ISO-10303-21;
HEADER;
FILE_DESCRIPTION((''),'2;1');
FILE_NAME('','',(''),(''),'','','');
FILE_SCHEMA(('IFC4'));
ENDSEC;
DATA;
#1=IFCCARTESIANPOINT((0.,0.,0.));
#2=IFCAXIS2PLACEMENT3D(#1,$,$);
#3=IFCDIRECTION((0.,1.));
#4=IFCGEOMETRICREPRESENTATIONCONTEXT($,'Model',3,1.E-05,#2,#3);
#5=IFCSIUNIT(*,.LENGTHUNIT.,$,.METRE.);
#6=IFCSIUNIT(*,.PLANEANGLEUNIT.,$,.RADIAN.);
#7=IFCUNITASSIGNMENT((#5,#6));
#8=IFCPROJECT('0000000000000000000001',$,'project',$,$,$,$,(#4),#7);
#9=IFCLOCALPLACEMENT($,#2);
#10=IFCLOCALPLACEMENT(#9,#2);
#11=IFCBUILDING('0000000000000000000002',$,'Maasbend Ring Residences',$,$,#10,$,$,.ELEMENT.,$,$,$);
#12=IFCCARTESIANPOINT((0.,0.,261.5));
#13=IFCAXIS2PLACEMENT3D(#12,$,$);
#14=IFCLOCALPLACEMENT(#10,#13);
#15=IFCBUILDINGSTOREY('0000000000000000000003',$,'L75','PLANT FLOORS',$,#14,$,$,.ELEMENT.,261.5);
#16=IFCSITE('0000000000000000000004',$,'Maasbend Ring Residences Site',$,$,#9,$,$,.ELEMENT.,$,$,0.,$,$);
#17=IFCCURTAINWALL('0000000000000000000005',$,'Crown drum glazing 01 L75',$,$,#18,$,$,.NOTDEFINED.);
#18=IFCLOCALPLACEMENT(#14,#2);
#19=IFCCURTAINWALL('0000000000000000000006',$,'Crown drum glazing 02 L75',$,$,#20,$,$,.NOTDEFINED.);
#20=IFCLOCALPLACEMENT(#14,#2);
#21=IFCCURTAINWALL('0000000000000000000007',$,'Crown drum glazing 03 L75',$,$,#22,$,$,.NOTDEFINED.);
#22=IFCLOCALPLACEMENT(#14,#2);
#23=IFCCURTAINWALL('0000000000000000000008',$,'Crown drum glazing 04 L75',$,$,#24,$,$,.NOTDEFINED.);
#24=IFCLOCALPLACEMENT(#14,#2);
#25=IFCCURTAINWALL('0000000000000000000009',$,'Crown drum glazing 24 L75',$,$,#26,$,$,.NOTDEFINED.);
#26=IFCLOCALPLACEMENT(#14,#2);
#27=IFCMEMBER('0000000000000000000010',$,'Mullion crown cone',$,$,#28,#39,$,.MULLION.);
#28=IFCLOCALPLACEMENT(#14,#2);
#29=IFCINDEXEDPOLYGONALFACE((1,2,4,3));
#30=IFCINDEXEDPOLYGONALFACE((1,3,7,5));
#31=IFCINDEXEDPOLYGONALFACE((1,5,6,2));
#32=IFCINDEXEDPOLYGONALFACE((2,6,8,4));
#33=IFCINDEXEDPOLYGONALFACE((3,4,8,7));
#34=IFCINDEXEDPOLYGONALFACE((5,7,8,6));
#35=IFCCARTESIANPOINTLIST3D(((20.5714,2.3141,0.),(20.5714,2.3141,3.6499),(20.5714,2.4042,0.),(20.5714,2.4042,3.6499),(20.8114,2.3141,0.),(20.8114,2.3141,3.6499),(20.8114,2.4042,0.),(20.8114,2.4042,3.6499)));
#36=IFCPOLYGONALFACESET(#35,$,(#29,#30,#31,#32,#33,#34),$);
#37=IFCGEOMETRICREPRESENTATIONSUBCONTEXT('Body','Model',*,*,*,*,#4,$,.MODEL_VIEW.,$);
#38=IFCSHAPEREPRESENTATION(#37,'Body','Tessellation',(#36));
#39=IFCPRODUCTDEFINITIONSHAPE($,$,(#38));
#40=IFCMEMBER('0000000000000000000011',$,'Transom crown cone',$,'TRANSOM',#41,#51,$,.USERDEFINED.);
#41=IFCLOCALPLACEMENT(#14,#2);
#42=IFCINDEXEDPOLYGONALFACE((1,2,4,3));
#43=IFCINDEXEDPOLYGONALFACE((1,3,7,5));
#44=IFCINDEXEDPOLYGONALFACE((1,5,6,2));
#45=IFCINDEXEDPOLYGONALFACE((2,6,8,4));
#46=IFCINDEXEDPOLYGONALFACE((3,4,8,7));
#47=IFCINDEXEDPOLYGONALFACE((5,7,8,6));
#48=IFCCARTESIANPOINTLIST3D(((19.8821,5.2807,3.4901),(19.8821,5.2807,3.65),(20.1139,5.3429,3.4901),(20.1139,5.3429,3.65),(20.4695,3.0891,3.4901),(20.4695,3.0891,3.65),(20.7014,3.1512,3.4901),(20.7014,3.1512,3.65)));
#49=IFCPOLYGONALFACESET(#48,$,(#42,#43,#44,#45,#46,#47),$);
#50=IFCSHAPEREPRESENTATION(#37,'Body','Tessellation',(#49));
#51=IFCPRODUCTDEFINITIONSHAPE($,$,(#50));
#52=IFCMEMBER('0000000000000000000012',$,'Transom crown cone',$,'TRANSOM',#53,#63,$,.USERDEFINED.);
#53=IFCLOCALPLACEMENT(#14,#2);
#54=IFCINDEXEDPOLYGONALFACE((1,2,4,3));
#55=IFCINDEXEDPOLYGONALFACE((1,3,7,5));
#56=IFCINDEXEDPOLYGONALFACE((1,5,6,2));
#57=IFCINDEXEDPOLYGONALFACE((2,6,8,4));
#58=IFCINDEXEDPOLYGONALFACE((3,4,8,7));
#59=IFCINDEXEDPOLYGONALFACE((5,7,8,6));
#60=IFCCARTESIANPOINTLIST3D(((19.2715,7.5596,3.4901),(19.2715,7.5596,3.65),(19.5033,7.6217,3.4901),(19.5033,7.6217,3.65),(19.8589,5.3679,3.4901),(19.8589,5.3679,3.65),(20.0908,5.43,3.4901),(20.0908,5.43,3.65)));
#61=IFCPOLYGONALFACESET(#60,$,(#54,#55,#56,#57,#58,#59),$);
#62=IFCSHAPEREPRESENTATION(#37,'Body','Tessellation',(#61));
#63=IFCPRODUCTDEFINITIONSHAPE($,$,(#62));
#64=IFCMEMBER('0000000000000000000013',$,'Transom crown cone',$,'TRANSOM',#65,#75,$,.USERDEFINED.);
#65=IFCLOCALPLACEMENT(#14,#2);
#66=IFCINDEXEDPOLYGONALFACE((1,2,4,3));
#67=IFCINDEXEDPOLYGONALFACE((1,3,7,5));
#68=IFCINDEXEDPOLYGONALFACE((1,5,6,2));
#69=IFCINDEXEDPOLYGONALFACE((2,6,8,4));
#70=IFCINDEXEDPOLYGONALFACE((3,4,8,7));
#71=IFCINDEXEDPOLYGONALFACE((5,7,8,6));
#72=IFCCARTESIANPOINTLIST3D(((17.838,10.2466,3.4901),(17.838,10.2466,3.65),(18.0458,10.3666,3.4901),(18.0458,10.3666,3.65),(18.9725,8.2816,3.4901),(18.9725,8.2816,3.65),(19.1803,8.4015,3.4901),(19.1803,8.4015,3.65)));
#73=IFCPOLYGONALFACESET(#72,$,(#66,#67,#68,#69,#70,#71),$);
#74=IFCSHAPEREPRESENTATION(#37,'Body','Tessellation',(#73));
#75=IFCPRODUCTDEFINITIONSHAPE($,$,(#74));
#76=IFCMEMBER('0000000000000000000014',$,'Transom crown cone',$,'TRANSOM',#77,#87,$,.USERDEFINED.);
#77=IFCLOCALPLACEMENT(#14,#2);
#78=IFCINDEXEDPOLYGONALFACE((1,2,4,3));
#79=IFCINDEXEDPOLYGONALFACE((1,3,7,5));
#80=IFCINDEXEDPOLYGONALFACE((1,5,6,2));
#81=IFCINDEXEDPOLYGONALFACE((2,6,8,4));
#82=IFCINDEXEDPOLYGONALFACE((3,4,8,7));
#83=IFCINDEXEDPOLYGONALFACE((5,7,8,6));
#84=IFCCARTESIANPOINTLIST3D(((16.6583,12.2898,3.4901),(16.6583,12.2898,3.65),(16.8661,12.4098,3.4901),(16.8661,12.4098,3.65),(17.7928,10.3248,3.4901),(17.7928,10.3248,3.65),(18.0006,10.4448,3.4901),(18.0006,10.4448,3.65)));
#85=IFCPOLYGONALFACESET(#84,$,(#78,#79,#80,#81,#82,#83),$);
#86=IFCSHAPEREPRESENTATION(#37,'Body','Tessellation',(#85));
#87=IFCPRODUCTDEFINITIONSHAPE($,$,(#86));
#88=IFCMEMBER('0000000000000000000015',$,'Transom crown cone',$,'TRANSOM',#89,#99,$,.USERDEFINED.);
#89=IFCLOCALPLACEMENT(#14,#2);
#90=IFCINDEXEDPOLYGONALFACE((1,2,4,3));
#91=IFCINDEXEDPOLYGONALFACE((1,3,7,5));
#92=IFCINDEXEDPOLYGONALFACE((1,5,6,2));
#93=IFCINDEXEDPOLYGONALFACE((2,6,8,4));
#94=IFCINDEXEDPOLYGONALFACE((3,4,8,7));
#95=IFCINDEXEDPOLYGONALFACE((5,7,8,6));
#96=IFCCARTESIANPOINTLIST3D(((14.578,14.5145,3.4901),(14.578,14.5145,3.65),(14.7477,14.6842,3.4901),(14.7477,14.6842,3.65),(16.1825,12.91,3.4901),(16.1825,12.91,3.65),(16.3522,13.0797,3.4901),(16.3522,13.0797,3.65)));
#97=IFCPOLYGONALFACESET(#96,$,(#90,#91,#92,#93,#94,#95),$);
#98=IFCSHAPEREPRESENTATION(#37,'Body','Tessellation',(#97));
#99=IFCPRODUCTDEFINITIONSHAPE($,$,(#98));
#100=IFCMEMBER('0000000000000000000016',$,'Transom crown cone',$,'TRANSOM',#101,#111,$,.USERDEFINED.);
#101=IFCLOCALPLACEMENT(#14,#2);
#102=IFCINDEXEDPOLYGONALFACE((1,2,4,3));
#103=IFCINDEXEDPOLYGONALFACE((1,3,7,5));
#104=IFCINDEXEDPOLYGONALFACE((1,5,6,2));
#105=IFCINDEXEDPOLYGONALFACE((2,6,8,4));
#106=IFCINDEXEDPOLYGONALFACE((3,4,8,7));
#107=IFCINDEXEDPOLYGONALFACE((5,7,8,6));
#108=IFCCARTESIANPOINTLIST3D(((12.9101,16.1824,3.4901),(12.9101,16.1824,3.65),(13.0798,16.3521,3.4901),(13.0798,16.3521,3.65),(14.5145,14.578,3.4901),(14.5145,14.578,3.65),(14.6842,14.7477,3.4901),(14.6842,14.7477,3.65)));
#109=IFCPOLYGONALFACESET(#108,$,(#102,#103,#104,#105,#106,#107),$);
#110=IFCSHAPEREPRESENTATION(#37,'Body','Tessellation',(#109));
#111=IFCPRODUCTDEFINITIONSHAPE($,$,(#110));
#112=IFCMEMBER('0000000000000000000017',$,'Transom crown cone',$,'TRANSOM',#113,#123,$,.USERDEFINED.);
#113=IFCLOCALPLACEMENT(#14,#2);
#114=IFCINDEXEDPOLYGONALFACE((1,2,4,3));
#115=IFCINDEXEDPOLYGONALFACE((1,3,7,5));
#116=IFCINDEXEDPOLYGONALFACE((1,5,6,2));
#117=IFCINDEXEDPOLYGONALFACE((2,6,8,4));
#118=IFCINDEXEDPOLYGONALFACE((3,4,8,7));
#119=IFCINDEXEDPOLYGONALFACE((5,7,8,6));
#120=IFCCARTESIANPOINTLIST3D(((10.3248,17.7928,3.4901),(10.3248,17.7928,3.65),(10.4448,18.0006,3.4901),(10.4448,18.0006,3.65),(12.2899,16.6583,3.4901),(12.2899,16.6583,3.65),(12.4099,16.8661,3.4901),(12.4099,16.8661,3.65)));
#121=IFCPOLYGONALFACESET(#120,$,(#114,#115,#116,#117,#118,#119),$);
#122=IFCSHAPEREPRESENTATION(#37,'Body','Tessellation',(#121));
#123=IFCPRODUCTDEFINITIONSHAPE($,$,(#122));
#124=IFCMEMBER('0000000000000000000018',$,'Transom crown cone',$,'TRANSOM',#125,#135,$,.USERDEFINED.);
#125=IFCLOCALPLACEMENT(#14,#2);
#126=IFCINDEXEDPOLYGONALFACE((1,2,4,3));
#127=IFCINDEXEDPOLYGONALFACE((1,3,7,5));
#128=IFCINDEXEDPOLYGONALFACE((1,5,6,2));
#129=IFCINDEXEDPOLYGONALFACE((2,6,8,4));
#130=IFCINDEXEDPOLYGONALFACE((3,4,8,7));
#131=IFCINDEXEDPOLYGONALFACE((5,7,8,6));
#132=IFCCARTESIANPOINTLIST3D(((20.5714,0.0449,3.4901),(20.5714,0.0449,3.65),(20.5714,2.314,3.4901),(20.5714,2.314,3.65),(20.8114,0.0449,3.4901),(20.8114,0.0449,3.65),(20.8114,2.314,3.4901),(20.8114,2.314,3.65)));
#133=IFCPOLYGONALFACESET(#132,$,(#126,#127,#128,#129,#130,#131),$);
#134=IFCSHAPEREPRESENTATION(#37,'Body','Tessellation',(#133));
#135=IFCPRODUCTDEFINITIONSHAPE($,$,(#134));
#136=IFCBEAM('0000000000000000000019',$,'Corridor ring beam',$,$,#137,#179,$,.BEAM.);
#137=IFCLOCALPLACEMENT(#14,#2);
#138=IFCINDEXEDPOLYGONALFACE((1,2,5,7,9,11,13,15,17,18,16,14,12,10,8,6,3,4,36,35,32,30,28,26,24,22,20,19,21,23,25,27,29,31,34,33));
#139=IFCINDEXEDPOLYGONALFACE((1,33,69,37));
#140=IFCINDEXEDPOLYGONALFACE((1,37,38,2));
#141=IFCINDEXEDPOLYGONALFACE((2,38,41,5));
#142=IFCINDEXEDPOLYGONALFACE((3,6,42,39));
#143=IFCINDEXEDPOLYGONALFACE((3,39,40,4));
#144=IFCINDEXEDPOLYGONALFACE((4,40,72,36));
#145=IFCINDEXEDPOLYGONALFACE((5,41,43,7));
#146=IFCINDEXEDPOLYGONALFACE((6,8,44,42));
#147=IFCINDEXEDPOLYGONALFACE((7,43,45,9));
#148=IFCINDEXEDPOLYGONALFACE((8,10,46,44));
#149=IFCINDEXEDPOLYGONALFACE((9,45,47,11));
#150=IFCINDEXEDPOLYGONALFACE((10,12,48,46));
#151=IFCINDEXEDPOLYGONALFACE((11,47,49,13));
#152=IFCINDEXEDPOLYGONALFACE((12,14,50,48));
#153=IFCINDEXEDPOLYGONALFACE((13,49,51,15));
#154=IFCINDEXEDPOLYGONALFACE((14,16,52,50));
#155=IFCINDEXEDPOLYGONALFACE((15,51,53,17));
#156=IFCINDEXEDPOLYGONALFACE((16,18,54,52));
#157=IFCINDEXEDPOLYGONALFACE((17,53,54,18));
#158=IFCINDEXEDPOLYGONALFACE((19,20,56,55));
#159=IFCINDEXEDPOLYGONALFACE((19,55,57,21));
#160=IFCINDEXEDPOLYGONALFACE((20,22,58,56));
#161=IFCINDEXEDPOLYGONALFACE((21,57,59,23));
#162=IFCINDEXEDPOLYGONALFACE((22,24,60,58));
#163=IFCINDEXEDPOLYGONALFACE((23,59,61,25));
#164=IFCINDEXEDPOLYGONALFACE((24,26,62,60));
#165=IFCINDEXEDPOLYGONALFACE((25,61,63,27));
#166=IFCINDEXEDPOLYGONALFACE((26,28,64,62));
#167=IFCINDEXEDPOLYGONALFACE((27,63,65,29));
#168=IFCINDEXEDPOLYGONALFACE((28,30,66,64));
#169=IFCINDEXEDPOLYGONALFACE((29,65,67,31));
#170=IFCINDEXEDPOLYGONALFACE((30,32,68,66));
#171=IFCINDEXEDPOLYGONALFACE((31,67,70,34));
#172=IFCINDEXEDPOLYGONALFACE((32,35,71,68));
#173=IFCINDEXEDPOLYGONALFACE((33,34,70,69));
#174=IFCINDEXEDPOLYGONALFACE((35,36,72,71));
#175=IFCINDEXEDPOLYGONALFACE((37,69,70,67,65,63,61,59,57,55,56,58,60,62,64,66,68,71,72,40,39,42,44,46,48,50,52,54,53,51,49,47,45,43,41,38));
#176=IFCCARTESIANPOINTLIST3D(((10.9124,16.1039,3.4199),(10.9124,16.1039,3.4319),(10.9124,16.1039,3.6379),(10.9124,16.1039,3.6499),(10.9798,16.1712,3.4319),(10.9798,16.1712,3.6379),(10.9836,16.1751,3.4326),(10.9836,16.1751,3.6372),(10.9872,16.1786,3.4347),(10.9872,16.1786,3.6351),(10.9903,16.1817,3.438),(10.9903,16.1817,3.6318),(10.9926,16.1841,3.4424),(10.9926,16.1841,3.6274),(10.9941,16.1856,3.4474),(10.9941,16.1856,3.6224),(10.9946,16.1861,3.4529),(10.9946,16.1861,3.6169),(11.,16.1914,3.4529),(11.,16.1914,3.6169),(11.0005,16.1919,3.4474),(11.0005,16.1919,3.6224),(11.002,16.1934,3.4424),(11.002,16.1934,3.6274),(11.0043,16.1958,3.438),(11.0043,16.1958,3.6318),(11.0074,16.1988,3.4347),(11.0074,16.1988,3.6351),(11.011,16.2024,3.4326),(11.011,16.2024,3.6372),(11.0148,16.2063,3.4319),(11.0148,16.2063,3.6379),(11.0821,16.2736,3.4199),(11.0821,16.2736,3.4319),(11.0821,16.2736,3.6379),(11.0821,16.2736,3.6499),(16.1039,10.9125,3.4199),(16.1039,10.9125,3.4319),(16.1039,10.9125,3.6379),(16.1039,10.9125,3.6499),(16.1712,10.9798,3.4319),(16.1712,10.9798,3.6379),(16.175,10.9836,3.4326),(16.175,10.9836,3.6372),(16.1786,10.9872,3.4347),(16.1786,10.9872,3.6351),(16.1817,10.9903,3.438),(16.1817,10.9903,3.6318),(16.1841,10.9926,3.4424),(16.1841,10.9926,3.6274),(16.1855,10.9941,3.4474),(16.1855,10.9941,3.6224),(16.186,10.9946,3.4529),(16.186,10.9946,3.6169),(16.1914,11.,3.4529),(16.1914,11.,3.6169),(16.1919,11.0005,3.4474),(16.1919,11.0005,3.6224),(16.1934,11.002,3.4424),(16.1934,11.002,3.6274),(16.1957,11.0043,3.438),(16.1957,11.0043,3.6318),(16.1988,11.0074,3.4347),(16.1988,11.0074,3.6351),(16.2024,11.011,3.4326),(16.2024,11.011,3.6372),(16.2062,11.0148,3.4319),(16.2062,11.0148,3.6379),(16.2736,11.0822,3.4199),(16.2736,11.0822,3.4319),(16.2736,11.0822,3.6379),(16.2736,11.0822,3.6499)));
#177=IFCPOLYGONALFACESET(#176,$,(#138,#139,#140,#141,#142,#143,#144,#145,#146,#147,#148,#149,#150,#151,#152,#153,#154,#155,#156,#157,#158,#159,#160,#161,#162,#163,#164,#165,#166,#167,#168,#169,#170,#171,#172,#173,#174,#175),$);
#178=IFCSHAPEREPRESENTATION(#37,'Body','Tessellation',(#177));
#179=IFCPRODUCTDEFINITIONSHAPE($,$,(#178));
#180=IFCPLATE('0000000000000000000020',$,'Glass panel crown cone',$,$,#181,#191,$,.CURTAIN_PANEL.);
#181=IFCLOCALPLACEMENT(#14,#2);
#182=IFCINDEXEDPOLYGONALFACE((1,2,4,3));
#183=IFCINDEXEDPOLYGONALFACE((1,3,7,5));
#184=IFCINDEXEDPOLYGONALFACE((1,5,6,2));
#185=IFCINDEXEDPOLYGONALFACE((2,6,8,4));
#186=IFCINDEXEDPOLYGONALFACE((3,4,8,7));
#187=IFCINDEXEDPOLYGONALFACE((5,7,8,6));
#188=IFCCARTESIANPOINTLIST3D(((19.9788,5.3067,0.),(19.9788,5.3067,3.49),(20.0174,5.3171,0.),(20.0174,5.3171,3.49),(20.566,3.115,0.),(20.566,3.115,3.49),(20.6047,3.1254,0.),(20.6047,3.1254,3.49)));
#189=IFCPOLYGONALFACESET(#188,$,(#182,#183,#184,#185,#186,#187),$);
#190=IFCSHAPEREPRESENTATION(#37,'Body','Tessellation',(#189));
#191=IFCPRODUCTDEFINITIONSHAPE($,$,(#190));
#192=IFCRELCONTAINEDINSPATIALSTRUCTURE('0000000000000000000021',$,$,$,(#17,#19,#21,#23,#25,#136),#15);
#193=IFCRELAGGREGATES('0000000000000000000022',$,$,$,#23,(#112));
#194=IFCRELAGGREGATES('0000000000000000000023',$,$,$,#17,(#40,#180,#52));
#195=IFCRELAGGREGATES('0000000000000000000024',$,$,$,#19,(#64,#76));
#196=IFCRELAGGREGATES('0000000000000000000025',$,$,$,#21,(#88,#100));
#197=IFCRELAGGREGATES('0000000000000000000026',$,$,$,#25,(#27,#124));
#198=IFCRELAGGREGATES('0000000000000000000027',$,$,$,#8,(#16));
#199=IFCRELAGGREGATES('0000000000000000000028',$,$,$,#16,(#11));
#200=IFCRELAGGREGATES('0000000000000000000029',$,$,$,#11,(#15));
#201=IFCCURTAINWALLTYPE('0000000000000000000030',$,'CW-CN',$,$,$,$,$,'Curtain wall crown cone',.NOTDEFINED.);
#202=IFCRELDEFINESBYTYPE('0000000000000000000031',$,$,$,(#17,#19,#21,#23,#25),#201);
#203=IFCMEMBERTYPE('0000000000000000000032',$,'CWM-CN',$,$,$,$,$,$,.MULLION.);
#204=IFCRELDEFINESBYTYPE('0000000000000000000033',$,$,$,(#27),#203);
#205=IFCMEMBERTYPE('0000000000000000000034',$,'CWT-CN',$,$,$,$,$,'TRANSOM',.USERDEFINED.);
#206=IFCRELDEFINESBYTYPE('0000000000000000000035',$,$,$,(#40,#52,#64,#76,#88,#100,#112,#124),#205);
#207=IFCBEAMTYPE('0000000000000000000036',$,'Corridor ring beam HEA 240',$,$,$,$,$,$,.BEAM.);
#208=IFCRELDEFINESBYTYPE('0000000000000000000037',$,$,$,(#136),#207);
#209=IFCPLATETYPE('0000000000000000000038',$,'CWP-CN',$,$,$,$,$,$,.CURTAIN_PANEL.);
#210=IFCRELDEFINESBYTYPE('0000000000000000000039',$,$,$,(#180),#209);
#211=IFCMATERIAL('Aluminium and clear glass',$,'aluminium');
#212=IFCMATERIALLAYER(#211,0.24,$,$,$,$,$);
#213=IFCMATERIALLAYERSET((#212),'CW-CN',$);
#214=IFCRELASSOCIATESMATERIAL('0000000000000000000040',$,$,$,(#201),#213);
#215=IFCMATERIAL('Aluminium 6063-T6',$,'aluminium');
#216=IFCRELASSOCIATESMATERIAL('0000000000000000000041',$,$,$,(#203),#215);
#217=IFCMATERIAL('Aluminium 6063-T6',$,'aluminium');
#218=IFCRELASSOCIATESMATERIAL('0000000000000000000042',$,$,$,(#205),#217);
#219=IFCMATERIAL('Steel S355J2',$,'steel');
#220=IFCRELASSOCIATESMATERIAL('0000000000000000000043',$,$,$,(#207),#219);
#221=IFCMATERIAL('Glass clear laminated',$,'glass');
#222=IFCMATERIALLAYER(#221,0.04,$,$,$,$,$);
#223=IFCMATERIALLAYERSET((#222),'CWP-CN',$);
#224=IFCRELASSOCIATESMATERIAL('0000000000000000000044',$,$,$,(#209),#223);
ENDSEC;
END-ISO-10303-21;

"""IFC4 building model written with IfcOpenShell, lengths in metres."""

from ifc_helpers import new_model, si_unit, direction, frame, origin, origin_2d, place, context, subcontext, project, spatial, rectangle, i_section, extrude, material, layer, layer_set, material_profile, profile_set, type_object, element, aggregate, save


model = new_model("IFC4")

# Units and contexts
model_context = context("Model", 3, precision=1e-05, world=origin(), true_north=direction((0.0, 1.0)))
body_context = subcontext(model_context, "Body", "Model", "MODEL_VIEW")
ifc_project = project(units=[si_unit("LENGTHUNIT", "METRE"), si_unit("PLANEANGLEUNIT", "RADIAN")], contexts=[model_context])

# Site, building, storey
site_placement = place(None, origin())
site = spatial("IfcSite", under=ifc_project, at=site_placement, Name="Maasbend Ring Residences Site", CompositionType="ELEMENT", RefElevation=0.0)
building_placement = place(site_placement, origin())
building = spatial("IfcBuilding", under=site, at=building_placement, Name="Maasbend Ring Residences", CompositionType="ELEMENT")
storey_placement = place(building_placement, frame((0.0, 0.0, 261.5)))
storey = spatial("IfcBuildingStorey", under=building, at=storey_placement, Name="L75", Description="PLANT FLOORS", CompositionType="ELEMENT", Elevation=261.5)

# Curtain walls
ifc_material_1 = material(Name="Aluminium and clear glass", Category="aluminium")
ifc_layer_1 = layer(ifc_material_1, 0.24)
ifc_layer_set_1 = layer_set([ifc_layer_1], Name="CW-CN")
curtain_wall_type = type_object("IfcCurtainWallType", Name="CW-CN", ElementType="Curtain wall crown cone", PredefinedType="NOTDEFINED", material=ifc_layer_set_1)
curtain_wall_1_placement = place(storey_placement, origin())
curtain_wall_1 = element("IfcCurtainWall", 1, at=curtain_wall_1_placement, inside=storey, type_object=curtain_wall_type, Name="Crown drum glazing 01 L75", PredefinedType="NOTDEFINED")
ifc_material_2 = material(Name="Aluminium 6063-T6", Category="aluminium")
ifc_material_profile_1 = material_profile(ifc_material_2, rectangle(XDim=0.24, YDim=0.0901, at=origin_2d()), Name="AL 240x90")
ifc_profile_set_1 = profile_set([ifc_material_profile_1], Name="Aluminium 6063-T6")
member_type_1 = type_object("IfcMemberType", Name="CWM-CN", PredefinedType="MULLION", material=ifc_profile_set_1)
curtain_wall_2_placement = place(storey_placement, origin())
curtain_wall_2 = element("IfcCurtainWall", 2, at=curtain_wall_2_placement, inside=storey, type_object=curtain_wall_type, Name="Crown drum glazing 02 L75", PredefinedType="NOTDEFINED")
curtain_wall_3_placement = place(storey_placement, origin())
curtain_wall_3 = element("IfcCurtainWall", 3, at=curtain_wall_3_placement, inside=storey, type_object=curtain_wall_type, Name="Crown drum glazing 03 L75", PredefinedType="NOTDEFINED")

# Curtain wall
curtain_wall_4_placement = place(storey_placement, origin())
curtain_wall_4 = element("IfcCurtainWall", 4, at=curtain_wall_4_placement, inside=storey, type_object=curtain_wall_type, Name="Crown drum glazing 04 L75", PredefinedType="NOTDEFINED")

# Curtain wall, member
curtain_wall_5_placement = place(storey_placement, origin())
curtain_wall_5 = element("IfcCurtainWall", 5, at=curtain_wall_5_placement, inside=storey, type_object=curtain_wall_type, Name="Crown drum glazing 24 L75", PredefinedType="NOTDEFINED")
member_1_placement = place(storey_placement, frame((20.6914, 2.3591, 0.0), z_axis=(0.0, 0.0, 1.0), x_axis=(-1.0, 0.0, 0.0)))
member_1 = element("IfcMember", 6, at=member_1_placement, type_object=member_type_1, Name="Mullion crown cone", PredefinedType="MULLION", context=body_context, shape_type="SweptSolid", body=[
    extrude(rectangle(XDim=0.24, YDim=0.0901, at=origin_2d()), origin(), (0.0, 0.0, 1.0), 3.6499),
])

# Members
ifc_material_3 = material(Name="Aluminium 6063-T6", Category="aluminium")
ifc_material_profile_2 = material_profile(ifc_material_3, rectangle(XDim=0.24, YDim=0.1599, at=origin_2d()), Name="AL 240x160")
ifc_profile_set_2 = profile_set([ifc_material_profile_2], Name="Aluminium 6063-T6")
member_type_2 = type_object("IfcMemberType", Name="CWT-CN", ElementType="TRANSOM", PredefinedType="USERDEFINED", material=ifc_profile_set_2)
member_2_placement = place(storey_placement, frame((20.5854, 3.1201, 3.5701), z_axis=(-0.258881, 0.965909, 0.0), x_axis=(-0.965909, -0.258881, 0.0)))
member_2 = element("IfcMember", 7, at=member_2_placement, type_object=member_type_2, Name="Transom crown cone", ObjectType="TRANSOM", PredefinedType="USERDEFINED", context=body_context, shape_type="SweptSolid", body=[
    extrude(rectangle(XDim=0.24, YDim=0.1599, at=origin_2d()), origin(), (0.0, 0.0, 1.0), 2.269),
])
member_3_placement = place(storey_placement, frame((19.9749, 5.3989, 3.5701), z_axis=(-0.258881, 0.965909, 0.0), x_axis=(-0.965909, -0.258881, 0.0)))
member_3 = element("IfcMember", 8, at=member_3_placement, type_object=member_type_2, Name="Transom crown cone", ObjectType="TRANSOM", PredefinedType="USERDEFINED", context=body_context, shape_type="SweptSolid", body=[
    extrude(rectangle(XDim=0.24, YDim=0.1599, at=origin_2d()), origin(), (0.0, 0.0, 1.0), 2.269),
])
member_4_placement = place(storey_placement, frame((19.0764, 8.3416, 3.5701), z_axis=(-0.499993, 0.86603, 0.0), x_axis=(-0.86603, -0.499993, 0.0)))
member_4 = element("IfcMember", 9, at=member_4_placement, type_object=member_type_2, Name="Transom crown cone", ObjectType="TRANSOM", PredefinedType="USERDEFINED", context=body_context, shape_type="SweptSolid", body=[
    extrude(rectangle(XDim=0.24, YDim=0.1599, at=origin_2d()), origin(), (0.0, 0.0, 1.0), 2.269),
])
member_5_placement = place(storey_placement, frame((17.8967, 10.3848, 3.5701), z_axis=(-0.499993, 0.86603, 0.0), x_axis=(-0.86603, -0.499993, 0.0)))
member_5 = element("IfcMember", 10, at=member_5_placement, type_object=member_type_2, Name="Transom crown cone", ObjectType="TRANSOM", PredefinedType="USERDEFINED", context=body_context, shape_type="SweptSolid", body=[
    extrude(rectangle(XDim=0.24, YDim=0.1599, at=origin_2d()), origin(), (0.0, 0.0, 1.0), 2.269),
])
member_6_placement = place(storey_placement, frame((16.2673, 12.9949, 3.5701), z_axis=(-0.707107, 0.707107, 0.0), x_axis=(-0.707107, -0.707107, 0.0)))
member_6 = element("IfcMember", 11, at=member_6_placement, type_object=member_type_2, Name="Transom crown cone", ObjectType="TRANSOM", PredefinedType="USERDEFINED", context=body_context, shape_type="SweptSolid", body=[
    extrude(rectangle(XDim=0.24, YDim=0.1599, at=origin_2d()), origin(), (0.0, 0.0, 1.0), 2.269),
])
member_7_placement = place(storey_placement, frame((14.5994, 14.6628, 3.5701), z_axis=(-0.707107, 0.707107, 0.0), x_axis=(-0.707107, -0.707107, 0.0)))
member_7 = element("IfcMember", 12, at=member_7_placement, type_object=member_type_2, Name="Transom crown cone", ObjectType="TRANSOM", PredefinedType="USERDEFINED", context=body_context, shape_type="SweptSolid", body=[
    extrude(rectangle(XDim=0.24, YDim=0.1599, at=origin_2d()), origin(), (0.0, 0.0, 1.0), 2.269),
])
member_8_placement = place(storey_placement, frame((12.3499, 16.7622, 3.5701), z_axis=(-0.86603, 0.499993, 0.0), x_axis=(-0.499993, -0.86603, 0.0)))
member_8 = element("IfcMember", 13, at=member_8_placement, type_object=member_type_2, Name="Transom crown cone", ObjectType="TRANSOM", PredefinedType="USERDEFINED", context=body_context, shape_type="SweptSolid", body=[
    extrude(rectangle(XDim=0.24, YDim=0.1599, at=origin_2d()), origin(), (0.0, 0.0, 1.0), 2.269),
])
aggregate(curtain_wall_4, [member_8])
member_9_placement = place(storey_placement, frame((20.6914, 0.0449, 3.5701), z_axis=(0.0, 1.0, 0.0), x_axis=(-1.0, 0.0, 0.0)))
member_9 = element("IfcMember", 14, at=member_9_placement, type_object=member_type_2, Name="Transom crown cone", ObjectType="TRANSOM", PredefinedType="USERDEFINED", context=body_context, shape_type="SweptSolid", body=[
    extrude(rectangle(XDim=0.24, YDim=0.1599, at=origin_2d()), origin(), (0.0, 0.0, 1.0), 2.269),
])

# Beam
ifc_material_4 = material(Name="Steel S355J2", Category="steel")
ifc_material_profile_3 = material_profile(ifc_material_4, i_section(OverallWidth=0.24, OverallDepth=0.23, WebThickness=0.0076, FlangeThickness=0.012, FilletRadius=0.021, at=origin_2d()), Name="HEA 240")
ifc_profile_set_3 = profile_set([ifc_material_profile_3], Name="Steel S355J2")
beam_type = type_object("IfcBeamType", Name="Corridor ring beam HEA 240", PredefinedType="BEAM", material=ifc_profile_set_3)
beam_placement = place(storey_placement, frame((16.1887, 10.9973, 3.5349), z_axis=(-0.707107, 0.707107, 0.0), x_axis=(-0.707107, -0.707107, 0.0)))
element("IfcBeam", 15, at=beam_placement, inside=storey, type_object=beam_type, Name="Corridor ring beam", PredefinedType="BEAM", context=body_context, shape_type="SweptSolid", body=[
    extrude(i_section(OverallWidth=0.24, OverallDepth=0.23, WebThickness=0.0076, FlangeThickness=0.012, FilletRadius=0.021, at=origin_2d()), origin(), (0.0, 0.0, 1.0), 7.3418),
])

# Plate
ifc_material_5 = material(Name="Glass clear laminated", Category="glass")
ifc_layer_2 = layer(ifc_material_5, 0.04)
ifc_layer_set_2 = layer_set([ifc_layer_2], Name="CWP-CN")
plate_type = type_object("IfcPlateType", Name="CWP-CN", PredefinedType="CURTAIN_PANEL", material=ifc_layer_set_2)
plate_1_placement = place(storey_placement, frame((20.2917, 4.2161, 0.0), z_axis=(0.0, 0.0, 1.0), x_axis=(-0.258819, 0.965926, 0.0)))
plate_1 = element("IfcPlate", 16, at=plate_1_placement, type_object=plate_type, Name="Glass panel crown cone", PredefinedType="CURTAIN_PANEL", context=body_context, shape_type="SweptSolid", body=[
    extrude(rectangle(XDim=2.269, YDim=0.04, at=origin_2d()), origin(), (0.0, 0.0, 1.0), 3.49),
])
aggregate(curtain_wall_1, [member_2, plate_1, member_3])
aggregate(curtain_wall_2, [member_4, member_5])
aggregate(curtain_wall_3, [member_6, member_7])
aggregate(curtain_wall_5, [member_1, member_9])

save(model, "model.ifc")
